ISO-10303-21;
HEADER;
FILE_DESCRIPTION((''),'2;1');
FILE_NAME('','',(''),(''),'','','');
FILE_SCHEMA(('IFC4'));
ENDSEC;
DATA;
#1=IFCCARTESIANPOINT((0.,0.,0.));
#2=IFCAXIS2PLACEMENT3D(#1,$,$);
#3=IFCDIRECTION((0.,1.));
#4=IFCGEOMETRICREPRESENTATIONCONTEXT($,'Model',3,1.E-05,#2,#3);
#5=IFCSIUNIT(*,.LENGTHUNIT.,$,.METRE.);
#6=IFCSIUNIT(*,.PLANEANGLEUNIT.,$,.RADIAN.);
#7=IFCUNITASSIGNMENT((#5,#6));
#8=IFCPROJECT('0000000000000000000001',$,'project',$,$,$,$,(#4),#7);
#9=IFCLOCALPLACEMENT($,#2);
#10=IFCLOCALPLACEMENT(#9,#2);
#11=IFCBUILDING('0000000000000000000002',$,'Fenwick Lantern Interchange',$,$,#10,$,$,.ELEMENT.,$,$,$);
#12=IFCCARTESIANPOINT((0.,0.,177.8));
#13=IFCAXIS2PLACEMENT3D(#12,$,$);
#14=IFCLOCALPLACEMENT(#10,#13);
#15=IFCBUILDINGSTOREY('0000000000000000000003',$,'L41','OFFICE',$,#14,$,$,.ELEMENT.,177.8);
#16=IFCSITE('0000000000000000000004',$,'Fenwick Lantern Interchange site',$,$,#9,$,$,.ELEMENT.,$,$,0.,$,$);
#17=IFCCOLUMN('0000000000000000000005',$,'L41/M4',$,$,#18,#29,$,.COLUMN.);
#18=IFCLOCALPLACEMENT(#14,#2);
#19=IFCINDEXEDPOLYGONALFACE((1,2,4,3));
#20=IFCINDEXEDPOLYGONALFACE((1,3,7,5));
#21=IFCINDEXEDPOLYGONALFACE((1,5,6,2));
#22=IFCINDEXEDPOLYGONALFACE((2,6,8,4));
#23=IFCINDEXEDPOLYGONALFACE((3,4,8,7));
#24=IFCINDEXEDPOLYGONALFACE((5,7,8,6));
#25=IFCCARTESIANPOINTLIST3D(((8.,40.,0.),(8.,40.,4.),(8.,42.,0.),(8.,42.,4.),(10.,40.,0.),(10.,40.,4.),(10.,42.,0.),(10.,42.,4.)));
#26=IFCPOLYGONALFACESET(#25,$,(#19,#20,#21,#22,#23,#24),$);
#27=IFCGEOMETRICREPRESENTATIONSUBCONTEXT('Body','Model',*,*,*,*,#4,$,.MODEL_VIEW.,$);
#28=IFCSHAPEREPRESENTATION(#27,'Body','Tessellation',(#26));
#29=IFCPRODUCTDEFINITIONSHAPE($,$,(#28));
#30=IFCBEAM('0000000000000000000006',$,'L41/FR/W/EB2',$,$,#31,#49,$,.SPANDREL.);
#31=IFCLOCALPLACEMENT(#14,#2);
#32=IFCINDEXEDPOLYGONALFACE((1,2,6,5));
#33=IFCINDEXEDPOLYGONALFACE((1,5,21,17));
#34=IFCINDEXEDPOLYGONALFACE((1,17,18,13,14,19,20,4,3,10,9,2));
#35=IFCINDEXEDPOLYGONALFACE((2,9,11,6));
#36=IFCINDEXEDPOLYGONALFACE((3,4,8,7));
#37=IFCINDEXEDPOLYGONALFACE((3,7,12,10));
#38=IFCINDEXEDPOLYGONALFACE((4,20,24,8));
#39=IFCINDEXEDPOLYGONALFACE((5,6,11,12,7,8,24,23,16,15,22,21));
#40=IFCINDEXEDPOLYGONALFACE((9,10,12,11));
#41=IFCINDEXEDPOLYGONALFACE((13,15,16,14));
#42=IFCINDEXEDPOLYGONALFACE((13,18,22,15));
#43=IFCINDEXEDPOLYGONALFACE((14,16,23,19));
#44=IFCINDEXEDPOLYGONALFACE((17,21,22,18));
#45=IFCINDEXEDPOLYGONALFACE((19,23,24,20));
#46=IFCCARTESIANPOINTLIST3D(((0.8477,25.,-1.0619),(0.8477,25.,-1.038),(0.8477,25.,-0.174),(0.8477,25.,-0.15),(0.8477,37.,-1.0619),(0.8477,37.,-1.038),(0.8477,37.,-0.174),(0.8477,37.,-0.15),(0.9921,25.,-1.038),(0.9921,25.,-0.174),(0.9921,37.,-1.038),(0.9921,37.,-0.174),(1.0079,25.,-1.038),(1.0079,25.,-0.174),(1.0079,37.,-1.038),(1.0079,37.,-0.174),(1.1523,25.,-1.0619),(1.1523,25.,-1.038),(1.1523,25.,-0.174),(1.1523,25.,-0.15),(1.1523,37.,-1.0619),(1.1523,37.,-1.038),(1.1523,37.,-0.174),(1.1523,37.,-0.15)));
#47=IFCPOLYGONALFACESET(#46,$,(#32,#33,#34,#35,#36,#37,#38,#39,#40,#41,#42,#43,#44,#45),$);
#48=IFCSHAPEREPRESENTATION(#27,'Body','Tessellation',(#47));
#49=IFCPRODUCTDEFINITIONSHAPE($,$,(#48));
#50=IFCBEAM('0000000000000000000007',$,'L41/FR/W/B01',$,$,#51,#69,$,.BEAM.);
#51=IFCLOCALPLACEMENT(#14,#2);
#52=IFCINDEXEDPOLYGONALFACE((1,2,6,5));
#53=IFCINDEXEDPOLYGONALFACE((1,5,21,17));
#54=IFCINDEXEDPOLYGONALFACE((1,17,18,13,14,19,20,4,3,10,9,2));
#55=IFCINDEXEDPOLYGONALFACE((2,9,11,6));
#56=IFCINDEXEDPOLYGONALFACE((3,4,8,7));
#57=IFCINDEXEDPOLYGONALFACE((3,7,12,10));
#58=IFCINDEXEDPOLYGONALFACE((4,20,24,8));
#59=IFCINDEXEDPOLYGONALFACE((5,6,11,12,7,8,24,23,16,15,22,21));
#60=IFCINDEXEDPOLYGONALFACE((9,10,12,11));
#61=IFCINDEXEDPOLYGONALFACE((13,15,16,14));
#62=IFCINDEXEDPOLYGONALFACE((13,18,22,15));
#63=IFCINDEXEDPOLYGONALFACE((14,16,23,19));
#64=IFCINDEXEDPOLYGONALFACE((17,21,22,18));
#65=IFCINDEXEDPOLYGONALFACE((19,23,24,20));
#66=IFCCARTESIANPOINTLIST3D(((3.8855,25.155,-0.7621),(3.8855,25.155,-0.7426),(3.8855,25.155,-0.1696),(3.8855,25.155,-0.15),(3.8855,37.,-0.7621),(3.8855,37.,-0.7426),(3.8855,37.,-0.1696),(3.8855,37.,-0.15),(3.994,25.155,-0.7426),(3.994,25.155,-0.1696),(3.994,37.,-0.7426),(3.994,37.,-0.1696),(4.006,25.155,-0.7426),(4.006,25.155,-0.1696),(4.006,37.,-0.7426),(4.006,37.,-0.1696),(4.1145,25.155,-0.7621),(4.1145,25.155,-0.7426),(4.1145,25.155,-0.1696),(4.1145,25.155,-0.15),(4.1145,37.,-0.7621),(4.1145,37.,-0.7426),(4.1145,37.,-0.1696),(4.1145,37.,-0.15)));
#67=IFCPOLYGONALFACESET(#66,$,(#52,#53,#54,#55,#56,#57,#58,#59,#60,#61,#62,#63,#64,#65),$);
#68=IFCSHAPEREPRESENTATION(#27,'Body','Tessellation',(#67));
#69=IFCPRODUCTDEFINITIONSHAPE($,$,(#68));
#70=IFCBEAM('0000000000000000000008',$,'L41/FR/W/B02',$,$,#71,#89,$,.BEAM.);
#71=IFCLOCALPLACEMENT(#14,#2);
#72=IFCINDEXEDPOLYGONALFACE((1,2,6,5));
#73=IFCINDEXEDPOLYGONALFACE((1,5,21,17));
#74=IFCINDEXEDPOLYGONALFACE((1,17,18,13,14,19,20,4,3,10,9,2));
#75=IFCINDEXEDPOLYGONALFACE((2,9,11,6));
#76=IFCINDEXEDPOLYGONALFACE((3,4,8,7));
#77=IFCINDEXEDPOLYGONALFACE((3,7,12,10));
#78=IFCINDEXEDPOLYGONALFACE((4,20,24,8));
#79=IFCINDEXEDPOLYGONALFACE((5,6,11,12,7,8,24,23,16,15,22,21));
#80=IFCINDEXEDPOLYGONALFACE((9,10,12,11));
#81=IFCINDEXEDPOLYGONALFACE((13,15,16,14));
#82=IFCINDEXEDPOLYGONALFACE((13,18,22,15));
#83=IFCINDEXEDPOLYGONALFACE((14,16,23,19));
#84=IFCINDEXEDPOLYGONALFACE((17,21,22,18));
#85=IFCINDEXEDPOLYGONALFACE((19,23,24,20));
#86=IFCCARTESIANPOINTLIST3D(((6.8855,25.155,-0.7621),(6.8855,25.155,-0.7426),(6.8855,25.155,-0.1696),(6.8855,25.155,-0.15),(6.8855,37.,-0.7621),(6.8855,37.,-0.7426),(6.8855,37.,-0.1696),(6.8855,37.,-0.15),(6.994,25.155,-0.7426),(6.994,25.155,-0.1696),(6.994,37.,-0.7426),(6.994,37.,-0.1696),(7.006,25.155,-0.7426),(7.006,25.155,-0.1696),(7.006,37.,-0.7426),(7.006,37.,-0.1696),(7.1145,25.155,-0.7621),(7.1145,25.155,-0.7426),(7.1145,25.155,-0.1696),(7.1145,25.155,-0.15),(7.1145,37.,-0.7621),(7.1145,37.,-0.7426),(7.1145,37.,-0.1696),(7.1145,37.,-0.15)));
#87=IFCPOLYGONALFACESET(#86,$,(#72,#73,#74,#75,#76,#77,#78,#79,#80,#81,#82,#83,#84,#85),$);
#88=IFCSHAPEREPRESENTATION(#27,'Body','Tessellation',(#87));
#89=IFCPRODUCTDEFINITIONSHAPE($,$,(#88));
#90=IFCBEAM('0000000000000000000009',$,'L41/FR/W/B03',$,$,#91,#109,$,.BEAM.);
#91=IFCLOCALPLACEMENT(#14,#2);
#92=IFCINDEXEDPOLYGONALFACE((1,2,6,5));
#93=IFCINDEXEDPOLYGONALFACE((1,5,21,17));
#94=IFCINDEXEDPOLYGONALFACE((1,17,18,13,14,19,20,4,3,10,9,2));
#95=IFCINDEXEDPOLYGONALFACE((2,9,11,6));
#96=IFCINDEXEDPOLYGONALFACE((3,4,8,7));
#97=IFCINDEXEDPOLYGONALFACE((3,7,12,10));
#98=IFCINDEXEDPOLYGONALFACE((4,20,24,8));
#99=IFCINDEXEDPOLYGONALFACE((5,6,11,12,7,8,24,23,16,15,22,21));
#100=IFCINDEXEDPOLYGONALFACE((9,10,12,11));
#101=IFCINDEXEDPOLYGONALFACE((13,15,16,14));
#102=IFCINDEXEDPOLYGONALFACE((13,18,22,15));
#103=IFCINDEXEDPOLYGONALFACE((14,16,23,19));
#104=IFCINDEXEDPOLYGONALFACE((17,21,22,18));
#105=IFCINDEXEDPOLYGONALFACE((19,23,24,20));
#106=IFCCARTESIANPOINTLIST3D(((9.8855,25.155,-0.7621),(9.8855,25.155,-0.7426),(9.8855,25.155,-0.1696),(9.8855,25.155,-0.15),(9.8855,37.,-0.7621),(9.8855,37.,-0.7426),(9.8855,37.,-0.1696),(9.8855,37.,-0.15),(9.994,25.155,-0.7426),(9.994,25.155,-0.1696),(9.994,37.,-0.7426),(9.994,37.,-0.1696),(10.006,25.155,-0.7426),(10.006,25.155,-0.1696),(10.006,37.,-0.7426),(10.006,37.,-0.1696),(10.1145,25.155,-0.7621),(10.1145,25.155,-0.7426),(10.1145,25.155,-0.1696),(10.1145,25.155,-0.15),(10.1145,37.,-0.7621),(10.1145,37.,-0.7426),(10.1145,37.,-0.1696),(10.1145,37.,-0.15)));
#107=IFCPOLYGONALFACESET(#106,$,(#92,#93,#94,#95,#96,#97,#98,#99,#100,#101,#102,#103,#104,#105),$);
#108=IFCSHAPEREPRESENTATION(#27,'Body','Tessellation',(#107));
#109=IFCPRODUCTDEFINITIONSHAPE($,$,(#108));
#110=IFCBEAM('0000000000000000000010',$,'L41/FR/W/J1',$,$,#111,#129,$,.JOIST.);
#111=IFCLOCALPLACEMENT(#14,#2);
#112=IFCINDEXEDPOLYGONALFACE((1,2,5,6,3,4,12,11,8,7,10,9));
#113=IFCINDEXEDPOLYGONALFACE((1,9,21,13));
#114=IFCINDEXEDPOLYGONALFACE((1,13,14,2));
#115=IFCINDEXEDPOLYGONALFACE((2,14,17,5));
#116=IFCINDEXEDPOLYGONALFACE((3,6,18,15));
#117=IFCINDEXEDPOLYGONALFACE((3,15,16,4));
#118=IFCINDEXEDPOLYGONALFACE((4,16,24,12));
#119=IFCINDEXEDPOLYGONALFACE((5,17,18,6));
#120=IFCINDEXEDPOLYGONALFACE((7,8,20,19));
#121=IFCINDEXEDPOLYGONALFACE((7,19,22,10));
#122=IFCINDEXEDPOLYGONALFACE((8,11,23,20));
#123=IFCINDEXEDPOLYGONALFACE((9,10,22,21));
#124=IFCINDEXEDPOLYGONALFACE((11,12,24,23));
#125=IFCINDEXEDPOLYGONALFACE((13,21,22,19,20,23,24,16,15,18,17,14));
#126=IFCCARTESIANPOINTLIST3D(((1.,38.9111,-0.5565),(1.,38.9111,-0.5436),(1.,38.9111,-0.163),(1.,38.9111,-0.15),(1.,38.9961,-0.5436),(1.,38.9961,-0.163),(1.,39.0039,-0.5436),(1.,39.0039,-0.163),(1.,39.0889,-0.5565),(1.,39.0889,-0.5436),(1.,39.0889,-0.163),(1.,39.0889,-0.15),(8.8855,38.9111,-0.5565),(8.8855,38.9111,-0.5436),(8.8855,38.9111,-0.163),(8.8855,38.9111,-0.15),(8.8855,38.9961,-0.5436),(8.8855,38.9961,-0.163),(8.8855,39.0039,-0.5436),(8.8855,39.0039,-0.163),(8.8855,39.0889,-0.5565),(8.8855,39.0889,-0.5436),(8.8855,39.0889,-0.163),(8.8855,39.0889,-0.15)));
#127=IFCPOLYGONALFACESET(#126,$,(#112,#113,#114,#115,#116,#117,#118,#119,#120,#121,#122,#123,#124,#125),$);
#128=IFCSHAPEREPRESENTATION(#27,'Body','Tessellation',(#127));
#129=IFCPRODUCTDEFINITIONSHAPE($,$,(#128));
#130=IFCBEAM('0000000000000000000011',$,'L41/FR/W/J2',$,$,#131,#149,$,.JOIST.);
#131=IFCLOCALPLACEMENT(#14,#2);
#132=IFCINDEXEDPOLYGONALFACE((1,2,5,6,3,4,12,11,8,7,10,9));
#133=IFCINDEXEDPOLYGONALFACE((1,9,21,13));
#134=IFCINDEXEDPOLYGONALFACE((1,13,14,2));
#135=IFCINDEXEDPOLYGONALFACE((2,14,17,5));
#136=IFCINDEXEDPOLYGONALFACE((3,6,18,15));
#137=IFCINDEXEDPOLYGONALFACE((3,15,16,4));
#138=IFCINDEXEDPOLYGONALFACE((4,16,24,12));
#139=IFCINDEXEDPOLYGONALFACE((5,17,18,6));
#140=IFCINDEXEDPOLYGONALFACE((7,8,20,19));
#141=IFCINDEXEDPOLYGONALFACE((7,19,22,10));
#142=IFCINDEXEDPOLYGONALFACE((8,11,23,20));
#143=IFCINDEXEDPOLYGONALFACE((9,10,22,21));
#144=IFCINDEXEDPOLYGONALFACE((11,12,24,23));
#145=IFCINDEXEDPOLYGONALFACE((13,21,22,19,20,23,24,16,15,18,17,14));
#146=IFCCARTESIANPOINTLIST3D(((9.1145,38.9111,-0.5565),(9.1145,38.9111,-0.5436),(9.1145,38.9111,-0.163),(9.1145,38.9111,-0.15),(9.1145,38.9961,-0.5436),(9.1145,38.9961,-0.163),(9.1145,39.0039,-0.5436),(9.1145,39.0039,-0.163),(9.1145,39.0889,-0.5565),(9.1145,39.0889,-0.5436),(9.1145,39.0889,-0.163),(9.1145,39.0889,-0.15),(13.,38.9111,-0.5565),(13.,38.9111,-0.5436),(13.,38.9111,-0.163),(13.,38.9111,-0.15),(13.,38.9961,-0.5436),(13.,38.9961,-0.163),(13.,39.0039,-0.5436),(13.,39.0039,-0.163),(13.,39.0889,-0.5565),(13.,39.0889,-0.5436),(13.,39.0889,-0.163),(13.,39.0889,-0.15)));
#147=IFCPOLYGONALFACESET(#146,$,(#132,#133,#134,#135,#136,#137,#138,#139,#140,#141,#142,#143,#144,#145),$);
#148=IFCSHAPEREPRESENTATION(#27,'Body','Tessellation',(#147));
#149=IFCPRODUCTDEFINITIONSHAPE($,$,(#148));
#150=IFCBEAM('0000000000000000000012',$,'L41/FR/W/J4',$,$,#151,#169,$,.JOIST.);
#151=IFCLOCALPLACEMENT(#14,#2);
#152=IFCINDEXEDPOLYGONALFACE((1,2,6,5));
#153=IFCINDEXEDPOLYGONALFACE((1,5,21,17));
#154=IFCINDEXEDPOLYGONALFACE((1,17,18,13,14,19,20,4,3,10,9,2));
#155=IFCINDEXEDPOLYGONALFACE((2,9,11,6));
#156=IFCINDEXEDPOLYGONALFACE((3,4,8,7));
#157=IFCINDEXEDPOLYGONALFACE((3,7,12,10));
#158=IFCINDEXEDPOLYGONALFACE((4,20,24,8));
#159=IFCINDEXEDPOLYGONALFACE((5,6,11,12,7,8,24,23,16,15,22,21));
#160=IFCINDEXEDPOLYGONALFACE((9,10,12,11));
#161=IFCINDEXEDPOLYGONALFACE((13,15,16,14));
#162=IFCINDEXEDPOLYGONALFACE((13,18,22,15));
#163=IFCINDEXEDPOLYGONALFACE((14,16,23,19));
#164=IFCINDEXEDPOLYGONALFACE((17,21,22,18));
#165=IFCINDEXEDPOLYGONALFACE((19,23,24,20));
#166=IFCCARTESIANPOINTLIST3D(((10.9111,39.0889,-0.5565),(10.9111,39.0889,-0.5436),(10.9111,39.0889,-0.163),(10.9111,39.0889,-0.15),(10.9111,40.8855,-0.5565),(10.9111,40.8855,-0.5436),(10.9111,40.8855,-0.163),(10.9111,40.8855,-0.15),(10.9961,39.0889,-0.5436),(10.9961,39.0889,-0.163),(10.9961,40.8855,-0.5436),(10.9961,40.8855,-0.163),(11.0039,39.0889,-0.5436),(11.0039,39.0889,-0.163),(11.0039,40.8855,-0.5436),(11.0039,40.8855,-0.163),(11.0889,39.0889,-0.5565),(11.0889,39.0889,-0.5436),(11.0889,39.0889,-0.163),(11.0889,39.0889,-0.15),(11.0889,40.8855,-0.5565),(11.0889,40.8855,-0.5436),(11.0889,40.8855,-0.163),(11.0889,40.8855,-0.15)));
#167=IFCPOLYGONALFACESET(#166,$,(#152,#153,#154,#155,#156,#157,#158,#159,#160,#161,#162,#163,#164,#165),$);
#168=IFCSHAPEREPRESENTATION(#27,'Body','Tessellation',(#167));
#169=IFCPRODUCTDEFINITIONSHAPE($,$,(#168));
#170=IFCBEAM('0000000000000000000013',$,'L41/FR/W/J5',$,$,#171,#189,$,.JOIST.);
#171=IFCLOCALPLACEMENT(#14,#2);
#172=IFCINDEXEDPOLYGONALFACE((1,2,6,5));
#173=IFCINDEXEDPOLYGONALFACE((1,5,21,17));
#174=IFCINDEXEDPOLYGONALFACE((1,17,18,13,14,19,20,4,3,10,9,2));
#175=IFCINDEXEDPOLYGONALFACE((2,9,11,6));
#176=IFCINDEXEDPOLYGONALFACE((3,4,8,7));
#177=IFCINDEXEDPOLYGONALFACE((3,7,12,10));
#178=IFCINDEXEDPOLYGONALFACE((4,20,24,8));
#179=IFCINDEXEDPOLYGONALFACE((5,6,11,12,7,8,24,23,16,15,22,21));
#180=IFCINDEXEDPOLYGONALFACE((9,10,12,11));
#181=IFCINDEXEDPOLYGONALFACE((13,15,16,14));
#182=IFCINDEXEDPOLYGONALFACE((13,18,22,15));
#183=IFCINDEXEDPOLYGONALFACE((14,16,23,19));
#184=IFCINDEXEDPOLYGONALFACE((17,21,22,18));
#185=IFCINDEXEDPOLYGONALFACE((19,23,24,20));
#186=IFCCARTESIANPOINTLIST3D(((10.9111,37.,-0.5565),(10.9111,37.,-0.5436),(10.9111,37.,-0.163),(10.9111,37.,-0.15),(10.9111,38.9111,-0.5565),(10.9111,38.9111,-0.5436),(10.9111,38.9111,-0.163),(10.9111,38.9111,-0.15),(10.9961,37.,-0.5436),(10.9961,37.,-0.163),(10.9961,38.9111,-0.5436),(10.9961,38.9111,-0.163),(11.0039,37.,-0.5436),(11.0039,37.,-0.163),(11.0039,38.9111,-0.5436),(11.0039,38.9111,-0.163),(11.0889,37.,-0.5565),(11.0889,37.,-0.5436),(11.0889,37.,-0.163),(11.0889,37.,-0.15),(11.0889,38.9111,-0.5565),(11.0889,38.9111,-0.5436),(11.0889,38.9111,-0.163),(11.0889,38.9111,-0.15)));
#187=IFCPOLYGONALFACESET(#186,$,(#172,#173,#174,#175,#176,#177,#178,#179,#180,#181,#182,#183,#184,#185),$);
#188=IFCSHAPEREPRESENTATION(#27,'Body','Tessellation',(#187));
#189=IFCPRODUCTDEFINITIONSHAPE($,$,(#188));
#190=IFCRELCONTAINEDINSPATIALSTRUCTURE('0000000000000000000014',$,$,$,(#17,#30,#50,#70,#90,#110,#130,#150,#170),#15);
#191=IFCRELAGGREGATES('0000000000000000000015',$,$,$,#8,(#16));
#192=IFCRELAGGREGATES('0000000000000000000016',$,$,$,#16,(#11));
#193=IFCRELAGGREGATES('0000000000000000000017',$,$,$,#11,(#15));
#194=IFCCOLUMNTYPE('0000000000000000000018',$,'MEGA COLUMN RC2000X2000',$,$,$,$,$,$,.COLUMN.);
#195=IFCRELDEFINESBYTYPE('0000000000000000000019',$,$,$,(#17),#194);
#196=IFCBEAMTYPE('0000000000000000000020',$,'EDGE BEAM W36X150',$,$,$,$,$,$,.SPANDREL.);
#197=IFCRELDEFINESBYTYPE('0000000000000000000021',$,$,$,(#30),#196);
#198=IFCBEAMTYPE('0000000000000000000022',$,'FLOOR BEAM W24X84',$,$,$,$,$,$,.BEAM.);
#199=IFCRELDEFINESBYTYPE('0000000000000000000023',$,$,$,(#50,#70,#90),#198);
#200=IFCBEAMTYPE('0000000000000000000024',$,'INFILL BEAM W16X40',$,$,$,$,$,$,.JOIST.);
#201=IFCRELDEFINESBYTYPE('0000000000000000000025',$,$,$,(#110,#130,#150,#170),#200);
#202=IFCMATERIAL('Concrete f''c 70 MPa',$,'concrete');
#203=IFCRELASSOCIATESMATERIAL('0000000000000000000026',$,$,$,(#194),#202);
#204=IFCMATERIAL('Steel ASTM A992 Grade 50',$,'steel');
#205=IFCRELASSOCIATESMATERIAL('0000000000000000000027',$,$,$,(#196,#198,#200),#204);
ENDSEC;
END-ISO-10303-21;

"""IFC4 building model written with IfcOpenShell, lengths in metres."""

from ifc_helpers import new_model, si_unit, direction, frame, origin, origin_2d, place, context, subcontext, project, spatial, rectangle, i_section, extrude, material, material_profile, profile_set, type_object, element, save


model = new_model("IFC4")

# Units and contexts
model_context = context("Model", 3, precision=1e-05, world=origin(), true_north=direction((0.0, 1.0)))
body_context = subcontext(model_context, "Body", "Model", "MODEL_VIEW")
ifc_project = project(units=[si_unit("LENGTHUNIT", "METRE"), si_unit("PLANEANGLEUNIT", "RADIAN")], contexts=[model_context])

# Site, building, storey
site_placement = place(None, origin())
site = spatial("IfcSite", under=ifc_project, at=site_placement, Name="Fenwick Lantern Interchange site", CompositionType="ELEMENT", RefElevation=0.0)
building_placement = place(site_placement, origin())
building = spatial("IfcBuilding", under=site, at=building_placement, Name="Fenwick Lantern Interchange", CompositionType="ELEMENT")
storey_placement = place(building_placement, frame((0.0, 0.0, 177.8)))
storey = spatial("IfcBuildingStorey", under=building, at=storey_placement, Name="L41", Description="OFFICE", CompositionType="ELEMENT", Elevation=177.8)

# Column
ifc_material_1 = material(Name="Concrete f'c 70 MPa", Category="concrete")
ifc_material_profile_1 = material_profile(ifc_material_1, rectangle(XDim=2.0, YDim=2.0, at=origin_2d()), Name="RC2000X2000")
ifc_profile_set_1 = profile_set([ifc_material_profile_1], Name="Concrete f'c 70 MPa")
column_type = type_object("IfcColumnType", Name="MEGA COLUMN RC2000X2000", PredefinedType="COLUMN", material=ifc_profile_set_1)
column_placement = place(storey_placement, frame((9.0, 41.0, 0.0), z_axis=(0.0, 0.0, 1.0), x_axis=(1.0, 0.0, 0.0)))
element("IfcColumn", 1, at=column_placement, inside=storey, type_object=column_type, Name="L41/M4", PredefinedType="COLUMN", context=body_context, shape_type="SweptSolid", body=[
    extrude(rectangle(XDim=2.0, YDim=2.0, at=origin_2d()), origin(), (0.0, 0.0, 1.0), 4.0),
])

# Beams
ifc_material_2 = material(Name="Steel ASTM A992 Grade 50", Category="steel")
ifc_material_profile_2 = material_profile(ifc_material_2, i_section(OverallWidth=0.3047, OverallDepth=0.9119, WebThickness=0.0159, FlangeThickness=0.0239, at=origin_2d()), Name="W36X150")
ifc_profile_set_2 = profile_set([ifc_material_profile_2], Name="Steel ASTM A992 Grade 50")
beam_type_1 = type_object("IfcBeamType", Name="EDGE BEAM W36X150", PredefinedType="SPANDREL", material=ifc_profile_set_2)
beam_1_placement = place(storey_placement, frame((1.0, 37.0, -0.606), z_axis=(0.0, -1.0, 0.0), x_axis=(1.0, 0.0, 0.0)))
element("IfcBeam", 2, at=beam_1_placement, inside=storey, type_object=beam_type_1, Name="L41/FR/W/EB2", PredefinedType="SPANDREL", context=body_context, shape_type="SweptSolid", body=[
    extrude(i_section(OverallWidth=0.3047, OverallDepth=0.9119, WebThickness=0.0159, FlangeThickness=0.0239, at=origin_2d()), origin(), (0.0, 0.0, 1.0), 12.0),
])
ifc_material_profile_3 = material_profile(ifc_material_2, i_section(OverallWidth=0.229, OverallDepth=0.6121, WebThickness=0.012, FlangeThickness=0.0195, at=origin_2d()), Name="W24X84")
ifc_profile_set_3 = profile_set([ifc_material_profile_3], Name="Steel ASTM A992 Grade 50")
beam_type_2 = type_object("IfcBeamType", Name="FLOOR BEAM W24X84", PredefinedType="BEAM", material=ifc_profile_set_3)
for number, where, z_axis, x_axis, name in (
    (3, (4.0, 37.0, -0.4561), (0.0, -1.0, 0.0), (1.0, 0.0, 0.0), "L41/FR/W/B01"),
    (4, (7.0, 37.0, -0.4561), (0.0, -1.0, 0.0), (1.0, 0.0, 0.0), "L41/FR/W/B02"),
    (5, (10.0, 37.0, -0.4561), (0.0, -1.0, 0.0), (1.0, 0.0, 0.0), "L41/FR/W/B03"),
):
    element("IfcBeam", number, at=place(storey_placement, frame(where, z_axis=z_axis, x_axis=x_axis)), inside=storey, type_object=beam_type_2, Name=name, PredefinedType="BEAM", context=body_context, shape_type="SweptSolid", body=[
        extrude(i_section(OverallWidth=0.229, OverallDepth=0.6121, WebThickness=0.012, FlangeThickness=0.0195, at=origin_2d()), origin(), (0.0, 0.0, 1.0), 11.845),
    ])
ifc_material_profile_4 = material_profile(ifc_material_2, i_section(OverallWidth=0.1777, OverallDepth=0.4065, WebThickness=0.0078, FlangeThickness=0.0129, at=origin_2d()), Name="W16X40")
ifc_profile_set_4 = profile_set([ifc_material_profile_4], Name="Steel ASTM A992 Grade 50")
beam_type_3 = type_object("IfcBeamType", Name="INFILL BEAM W16X40", PredefinedType="JOIST", material=ifc_profile_set_4)
beam_2_placement = place(storey_placement, frame((1.0, 39.0, -0.3533), z_axis=(1.0, 0.0, 0.0), x_axis=(0.0, 1.0, 0.0)))
element("IfcBeam", 6, at=beam_2_placement, inside=storey, type_object=beam_type_3, Name="L41/FR/W/J1", PredefinedType="JOIST", context=body_context, shape_type="SweptSolid", body=[
    extrude(i_section(OverallWidth=0.1777, OverallDepth=0.4065, WebThickness=0.0078, FlangeThickness=0.0129, at=origin_2d()), origin(), (0.0, 0.0, 1.0), 7.8855),
])
beam_3_placement = place(storey_placement, frame((9.1145, 39.0, -0.3533), z_axis=(1.0, 0.0, 0.0), x_axis=(0.0, 1.0, 0.0)))
element("IfcBeam", 7, at=beam_3_placement, inside=storey, type_object=beam_type_3, Name="L41/FR/W/J2", PredefinedType="JOIST", context=body_context, shape_type="SweptSolid", body=[
    extrude(i_section(OverallWidth=0.1777, OverallDepth=0.4065, WebThickness=0.0078, FlangeThickness=0.0129, at=origin_2d()), origin(), (0.0, 0.0, 1.0), 3.8855),
])
beam_4_placement = place(storey_placement, frame((11.0, 40.8855, -0.3533), z_axis=(0.0, -1.0, 0.0), x_axis=(1.0, 0.0, 0.0)))
element("IfcBeam", 8, at=beam_4_placement, inside=storey, type_object=beam_type_3, Name="L41/FR/W/J4", PredefinedType="JOIST", context=body_context, shape_type="SweptSolid", body=[
    extrude(i_section(OverallWidth=0.1777, OverallDepth=0.4065, WebThickness=0.0078, FlangeThickness=0.0129, at=origin_2d()), origin(), (0.0, 0.0, 1.0), 1.7966),
])
beam_5_placement = place(storey_placement, frame((11.0, 38.9111, -0.3533), z_axis=(0.0, -1.0, 0.0), x_axis=(1.0, 0.0, 0.0)))
element("IfcBeam", 9, at=beam_5_placement, inside=storey, type_object=beam_type_3, Name="L41/FR/W/J5", PredefinedType="JOIST", context=body_context, shape_type="SweptSolid", body=[
    extrude(i_section(OverallWidth=0.1777, OverallDepth=0.4065, WebThickness=0.0078, FlangeThickness=0.0129, at=origin_2d()), origin(), (0.0, 0.0, 1.0), 1.9111),
])

save(model, "model.ifc")
